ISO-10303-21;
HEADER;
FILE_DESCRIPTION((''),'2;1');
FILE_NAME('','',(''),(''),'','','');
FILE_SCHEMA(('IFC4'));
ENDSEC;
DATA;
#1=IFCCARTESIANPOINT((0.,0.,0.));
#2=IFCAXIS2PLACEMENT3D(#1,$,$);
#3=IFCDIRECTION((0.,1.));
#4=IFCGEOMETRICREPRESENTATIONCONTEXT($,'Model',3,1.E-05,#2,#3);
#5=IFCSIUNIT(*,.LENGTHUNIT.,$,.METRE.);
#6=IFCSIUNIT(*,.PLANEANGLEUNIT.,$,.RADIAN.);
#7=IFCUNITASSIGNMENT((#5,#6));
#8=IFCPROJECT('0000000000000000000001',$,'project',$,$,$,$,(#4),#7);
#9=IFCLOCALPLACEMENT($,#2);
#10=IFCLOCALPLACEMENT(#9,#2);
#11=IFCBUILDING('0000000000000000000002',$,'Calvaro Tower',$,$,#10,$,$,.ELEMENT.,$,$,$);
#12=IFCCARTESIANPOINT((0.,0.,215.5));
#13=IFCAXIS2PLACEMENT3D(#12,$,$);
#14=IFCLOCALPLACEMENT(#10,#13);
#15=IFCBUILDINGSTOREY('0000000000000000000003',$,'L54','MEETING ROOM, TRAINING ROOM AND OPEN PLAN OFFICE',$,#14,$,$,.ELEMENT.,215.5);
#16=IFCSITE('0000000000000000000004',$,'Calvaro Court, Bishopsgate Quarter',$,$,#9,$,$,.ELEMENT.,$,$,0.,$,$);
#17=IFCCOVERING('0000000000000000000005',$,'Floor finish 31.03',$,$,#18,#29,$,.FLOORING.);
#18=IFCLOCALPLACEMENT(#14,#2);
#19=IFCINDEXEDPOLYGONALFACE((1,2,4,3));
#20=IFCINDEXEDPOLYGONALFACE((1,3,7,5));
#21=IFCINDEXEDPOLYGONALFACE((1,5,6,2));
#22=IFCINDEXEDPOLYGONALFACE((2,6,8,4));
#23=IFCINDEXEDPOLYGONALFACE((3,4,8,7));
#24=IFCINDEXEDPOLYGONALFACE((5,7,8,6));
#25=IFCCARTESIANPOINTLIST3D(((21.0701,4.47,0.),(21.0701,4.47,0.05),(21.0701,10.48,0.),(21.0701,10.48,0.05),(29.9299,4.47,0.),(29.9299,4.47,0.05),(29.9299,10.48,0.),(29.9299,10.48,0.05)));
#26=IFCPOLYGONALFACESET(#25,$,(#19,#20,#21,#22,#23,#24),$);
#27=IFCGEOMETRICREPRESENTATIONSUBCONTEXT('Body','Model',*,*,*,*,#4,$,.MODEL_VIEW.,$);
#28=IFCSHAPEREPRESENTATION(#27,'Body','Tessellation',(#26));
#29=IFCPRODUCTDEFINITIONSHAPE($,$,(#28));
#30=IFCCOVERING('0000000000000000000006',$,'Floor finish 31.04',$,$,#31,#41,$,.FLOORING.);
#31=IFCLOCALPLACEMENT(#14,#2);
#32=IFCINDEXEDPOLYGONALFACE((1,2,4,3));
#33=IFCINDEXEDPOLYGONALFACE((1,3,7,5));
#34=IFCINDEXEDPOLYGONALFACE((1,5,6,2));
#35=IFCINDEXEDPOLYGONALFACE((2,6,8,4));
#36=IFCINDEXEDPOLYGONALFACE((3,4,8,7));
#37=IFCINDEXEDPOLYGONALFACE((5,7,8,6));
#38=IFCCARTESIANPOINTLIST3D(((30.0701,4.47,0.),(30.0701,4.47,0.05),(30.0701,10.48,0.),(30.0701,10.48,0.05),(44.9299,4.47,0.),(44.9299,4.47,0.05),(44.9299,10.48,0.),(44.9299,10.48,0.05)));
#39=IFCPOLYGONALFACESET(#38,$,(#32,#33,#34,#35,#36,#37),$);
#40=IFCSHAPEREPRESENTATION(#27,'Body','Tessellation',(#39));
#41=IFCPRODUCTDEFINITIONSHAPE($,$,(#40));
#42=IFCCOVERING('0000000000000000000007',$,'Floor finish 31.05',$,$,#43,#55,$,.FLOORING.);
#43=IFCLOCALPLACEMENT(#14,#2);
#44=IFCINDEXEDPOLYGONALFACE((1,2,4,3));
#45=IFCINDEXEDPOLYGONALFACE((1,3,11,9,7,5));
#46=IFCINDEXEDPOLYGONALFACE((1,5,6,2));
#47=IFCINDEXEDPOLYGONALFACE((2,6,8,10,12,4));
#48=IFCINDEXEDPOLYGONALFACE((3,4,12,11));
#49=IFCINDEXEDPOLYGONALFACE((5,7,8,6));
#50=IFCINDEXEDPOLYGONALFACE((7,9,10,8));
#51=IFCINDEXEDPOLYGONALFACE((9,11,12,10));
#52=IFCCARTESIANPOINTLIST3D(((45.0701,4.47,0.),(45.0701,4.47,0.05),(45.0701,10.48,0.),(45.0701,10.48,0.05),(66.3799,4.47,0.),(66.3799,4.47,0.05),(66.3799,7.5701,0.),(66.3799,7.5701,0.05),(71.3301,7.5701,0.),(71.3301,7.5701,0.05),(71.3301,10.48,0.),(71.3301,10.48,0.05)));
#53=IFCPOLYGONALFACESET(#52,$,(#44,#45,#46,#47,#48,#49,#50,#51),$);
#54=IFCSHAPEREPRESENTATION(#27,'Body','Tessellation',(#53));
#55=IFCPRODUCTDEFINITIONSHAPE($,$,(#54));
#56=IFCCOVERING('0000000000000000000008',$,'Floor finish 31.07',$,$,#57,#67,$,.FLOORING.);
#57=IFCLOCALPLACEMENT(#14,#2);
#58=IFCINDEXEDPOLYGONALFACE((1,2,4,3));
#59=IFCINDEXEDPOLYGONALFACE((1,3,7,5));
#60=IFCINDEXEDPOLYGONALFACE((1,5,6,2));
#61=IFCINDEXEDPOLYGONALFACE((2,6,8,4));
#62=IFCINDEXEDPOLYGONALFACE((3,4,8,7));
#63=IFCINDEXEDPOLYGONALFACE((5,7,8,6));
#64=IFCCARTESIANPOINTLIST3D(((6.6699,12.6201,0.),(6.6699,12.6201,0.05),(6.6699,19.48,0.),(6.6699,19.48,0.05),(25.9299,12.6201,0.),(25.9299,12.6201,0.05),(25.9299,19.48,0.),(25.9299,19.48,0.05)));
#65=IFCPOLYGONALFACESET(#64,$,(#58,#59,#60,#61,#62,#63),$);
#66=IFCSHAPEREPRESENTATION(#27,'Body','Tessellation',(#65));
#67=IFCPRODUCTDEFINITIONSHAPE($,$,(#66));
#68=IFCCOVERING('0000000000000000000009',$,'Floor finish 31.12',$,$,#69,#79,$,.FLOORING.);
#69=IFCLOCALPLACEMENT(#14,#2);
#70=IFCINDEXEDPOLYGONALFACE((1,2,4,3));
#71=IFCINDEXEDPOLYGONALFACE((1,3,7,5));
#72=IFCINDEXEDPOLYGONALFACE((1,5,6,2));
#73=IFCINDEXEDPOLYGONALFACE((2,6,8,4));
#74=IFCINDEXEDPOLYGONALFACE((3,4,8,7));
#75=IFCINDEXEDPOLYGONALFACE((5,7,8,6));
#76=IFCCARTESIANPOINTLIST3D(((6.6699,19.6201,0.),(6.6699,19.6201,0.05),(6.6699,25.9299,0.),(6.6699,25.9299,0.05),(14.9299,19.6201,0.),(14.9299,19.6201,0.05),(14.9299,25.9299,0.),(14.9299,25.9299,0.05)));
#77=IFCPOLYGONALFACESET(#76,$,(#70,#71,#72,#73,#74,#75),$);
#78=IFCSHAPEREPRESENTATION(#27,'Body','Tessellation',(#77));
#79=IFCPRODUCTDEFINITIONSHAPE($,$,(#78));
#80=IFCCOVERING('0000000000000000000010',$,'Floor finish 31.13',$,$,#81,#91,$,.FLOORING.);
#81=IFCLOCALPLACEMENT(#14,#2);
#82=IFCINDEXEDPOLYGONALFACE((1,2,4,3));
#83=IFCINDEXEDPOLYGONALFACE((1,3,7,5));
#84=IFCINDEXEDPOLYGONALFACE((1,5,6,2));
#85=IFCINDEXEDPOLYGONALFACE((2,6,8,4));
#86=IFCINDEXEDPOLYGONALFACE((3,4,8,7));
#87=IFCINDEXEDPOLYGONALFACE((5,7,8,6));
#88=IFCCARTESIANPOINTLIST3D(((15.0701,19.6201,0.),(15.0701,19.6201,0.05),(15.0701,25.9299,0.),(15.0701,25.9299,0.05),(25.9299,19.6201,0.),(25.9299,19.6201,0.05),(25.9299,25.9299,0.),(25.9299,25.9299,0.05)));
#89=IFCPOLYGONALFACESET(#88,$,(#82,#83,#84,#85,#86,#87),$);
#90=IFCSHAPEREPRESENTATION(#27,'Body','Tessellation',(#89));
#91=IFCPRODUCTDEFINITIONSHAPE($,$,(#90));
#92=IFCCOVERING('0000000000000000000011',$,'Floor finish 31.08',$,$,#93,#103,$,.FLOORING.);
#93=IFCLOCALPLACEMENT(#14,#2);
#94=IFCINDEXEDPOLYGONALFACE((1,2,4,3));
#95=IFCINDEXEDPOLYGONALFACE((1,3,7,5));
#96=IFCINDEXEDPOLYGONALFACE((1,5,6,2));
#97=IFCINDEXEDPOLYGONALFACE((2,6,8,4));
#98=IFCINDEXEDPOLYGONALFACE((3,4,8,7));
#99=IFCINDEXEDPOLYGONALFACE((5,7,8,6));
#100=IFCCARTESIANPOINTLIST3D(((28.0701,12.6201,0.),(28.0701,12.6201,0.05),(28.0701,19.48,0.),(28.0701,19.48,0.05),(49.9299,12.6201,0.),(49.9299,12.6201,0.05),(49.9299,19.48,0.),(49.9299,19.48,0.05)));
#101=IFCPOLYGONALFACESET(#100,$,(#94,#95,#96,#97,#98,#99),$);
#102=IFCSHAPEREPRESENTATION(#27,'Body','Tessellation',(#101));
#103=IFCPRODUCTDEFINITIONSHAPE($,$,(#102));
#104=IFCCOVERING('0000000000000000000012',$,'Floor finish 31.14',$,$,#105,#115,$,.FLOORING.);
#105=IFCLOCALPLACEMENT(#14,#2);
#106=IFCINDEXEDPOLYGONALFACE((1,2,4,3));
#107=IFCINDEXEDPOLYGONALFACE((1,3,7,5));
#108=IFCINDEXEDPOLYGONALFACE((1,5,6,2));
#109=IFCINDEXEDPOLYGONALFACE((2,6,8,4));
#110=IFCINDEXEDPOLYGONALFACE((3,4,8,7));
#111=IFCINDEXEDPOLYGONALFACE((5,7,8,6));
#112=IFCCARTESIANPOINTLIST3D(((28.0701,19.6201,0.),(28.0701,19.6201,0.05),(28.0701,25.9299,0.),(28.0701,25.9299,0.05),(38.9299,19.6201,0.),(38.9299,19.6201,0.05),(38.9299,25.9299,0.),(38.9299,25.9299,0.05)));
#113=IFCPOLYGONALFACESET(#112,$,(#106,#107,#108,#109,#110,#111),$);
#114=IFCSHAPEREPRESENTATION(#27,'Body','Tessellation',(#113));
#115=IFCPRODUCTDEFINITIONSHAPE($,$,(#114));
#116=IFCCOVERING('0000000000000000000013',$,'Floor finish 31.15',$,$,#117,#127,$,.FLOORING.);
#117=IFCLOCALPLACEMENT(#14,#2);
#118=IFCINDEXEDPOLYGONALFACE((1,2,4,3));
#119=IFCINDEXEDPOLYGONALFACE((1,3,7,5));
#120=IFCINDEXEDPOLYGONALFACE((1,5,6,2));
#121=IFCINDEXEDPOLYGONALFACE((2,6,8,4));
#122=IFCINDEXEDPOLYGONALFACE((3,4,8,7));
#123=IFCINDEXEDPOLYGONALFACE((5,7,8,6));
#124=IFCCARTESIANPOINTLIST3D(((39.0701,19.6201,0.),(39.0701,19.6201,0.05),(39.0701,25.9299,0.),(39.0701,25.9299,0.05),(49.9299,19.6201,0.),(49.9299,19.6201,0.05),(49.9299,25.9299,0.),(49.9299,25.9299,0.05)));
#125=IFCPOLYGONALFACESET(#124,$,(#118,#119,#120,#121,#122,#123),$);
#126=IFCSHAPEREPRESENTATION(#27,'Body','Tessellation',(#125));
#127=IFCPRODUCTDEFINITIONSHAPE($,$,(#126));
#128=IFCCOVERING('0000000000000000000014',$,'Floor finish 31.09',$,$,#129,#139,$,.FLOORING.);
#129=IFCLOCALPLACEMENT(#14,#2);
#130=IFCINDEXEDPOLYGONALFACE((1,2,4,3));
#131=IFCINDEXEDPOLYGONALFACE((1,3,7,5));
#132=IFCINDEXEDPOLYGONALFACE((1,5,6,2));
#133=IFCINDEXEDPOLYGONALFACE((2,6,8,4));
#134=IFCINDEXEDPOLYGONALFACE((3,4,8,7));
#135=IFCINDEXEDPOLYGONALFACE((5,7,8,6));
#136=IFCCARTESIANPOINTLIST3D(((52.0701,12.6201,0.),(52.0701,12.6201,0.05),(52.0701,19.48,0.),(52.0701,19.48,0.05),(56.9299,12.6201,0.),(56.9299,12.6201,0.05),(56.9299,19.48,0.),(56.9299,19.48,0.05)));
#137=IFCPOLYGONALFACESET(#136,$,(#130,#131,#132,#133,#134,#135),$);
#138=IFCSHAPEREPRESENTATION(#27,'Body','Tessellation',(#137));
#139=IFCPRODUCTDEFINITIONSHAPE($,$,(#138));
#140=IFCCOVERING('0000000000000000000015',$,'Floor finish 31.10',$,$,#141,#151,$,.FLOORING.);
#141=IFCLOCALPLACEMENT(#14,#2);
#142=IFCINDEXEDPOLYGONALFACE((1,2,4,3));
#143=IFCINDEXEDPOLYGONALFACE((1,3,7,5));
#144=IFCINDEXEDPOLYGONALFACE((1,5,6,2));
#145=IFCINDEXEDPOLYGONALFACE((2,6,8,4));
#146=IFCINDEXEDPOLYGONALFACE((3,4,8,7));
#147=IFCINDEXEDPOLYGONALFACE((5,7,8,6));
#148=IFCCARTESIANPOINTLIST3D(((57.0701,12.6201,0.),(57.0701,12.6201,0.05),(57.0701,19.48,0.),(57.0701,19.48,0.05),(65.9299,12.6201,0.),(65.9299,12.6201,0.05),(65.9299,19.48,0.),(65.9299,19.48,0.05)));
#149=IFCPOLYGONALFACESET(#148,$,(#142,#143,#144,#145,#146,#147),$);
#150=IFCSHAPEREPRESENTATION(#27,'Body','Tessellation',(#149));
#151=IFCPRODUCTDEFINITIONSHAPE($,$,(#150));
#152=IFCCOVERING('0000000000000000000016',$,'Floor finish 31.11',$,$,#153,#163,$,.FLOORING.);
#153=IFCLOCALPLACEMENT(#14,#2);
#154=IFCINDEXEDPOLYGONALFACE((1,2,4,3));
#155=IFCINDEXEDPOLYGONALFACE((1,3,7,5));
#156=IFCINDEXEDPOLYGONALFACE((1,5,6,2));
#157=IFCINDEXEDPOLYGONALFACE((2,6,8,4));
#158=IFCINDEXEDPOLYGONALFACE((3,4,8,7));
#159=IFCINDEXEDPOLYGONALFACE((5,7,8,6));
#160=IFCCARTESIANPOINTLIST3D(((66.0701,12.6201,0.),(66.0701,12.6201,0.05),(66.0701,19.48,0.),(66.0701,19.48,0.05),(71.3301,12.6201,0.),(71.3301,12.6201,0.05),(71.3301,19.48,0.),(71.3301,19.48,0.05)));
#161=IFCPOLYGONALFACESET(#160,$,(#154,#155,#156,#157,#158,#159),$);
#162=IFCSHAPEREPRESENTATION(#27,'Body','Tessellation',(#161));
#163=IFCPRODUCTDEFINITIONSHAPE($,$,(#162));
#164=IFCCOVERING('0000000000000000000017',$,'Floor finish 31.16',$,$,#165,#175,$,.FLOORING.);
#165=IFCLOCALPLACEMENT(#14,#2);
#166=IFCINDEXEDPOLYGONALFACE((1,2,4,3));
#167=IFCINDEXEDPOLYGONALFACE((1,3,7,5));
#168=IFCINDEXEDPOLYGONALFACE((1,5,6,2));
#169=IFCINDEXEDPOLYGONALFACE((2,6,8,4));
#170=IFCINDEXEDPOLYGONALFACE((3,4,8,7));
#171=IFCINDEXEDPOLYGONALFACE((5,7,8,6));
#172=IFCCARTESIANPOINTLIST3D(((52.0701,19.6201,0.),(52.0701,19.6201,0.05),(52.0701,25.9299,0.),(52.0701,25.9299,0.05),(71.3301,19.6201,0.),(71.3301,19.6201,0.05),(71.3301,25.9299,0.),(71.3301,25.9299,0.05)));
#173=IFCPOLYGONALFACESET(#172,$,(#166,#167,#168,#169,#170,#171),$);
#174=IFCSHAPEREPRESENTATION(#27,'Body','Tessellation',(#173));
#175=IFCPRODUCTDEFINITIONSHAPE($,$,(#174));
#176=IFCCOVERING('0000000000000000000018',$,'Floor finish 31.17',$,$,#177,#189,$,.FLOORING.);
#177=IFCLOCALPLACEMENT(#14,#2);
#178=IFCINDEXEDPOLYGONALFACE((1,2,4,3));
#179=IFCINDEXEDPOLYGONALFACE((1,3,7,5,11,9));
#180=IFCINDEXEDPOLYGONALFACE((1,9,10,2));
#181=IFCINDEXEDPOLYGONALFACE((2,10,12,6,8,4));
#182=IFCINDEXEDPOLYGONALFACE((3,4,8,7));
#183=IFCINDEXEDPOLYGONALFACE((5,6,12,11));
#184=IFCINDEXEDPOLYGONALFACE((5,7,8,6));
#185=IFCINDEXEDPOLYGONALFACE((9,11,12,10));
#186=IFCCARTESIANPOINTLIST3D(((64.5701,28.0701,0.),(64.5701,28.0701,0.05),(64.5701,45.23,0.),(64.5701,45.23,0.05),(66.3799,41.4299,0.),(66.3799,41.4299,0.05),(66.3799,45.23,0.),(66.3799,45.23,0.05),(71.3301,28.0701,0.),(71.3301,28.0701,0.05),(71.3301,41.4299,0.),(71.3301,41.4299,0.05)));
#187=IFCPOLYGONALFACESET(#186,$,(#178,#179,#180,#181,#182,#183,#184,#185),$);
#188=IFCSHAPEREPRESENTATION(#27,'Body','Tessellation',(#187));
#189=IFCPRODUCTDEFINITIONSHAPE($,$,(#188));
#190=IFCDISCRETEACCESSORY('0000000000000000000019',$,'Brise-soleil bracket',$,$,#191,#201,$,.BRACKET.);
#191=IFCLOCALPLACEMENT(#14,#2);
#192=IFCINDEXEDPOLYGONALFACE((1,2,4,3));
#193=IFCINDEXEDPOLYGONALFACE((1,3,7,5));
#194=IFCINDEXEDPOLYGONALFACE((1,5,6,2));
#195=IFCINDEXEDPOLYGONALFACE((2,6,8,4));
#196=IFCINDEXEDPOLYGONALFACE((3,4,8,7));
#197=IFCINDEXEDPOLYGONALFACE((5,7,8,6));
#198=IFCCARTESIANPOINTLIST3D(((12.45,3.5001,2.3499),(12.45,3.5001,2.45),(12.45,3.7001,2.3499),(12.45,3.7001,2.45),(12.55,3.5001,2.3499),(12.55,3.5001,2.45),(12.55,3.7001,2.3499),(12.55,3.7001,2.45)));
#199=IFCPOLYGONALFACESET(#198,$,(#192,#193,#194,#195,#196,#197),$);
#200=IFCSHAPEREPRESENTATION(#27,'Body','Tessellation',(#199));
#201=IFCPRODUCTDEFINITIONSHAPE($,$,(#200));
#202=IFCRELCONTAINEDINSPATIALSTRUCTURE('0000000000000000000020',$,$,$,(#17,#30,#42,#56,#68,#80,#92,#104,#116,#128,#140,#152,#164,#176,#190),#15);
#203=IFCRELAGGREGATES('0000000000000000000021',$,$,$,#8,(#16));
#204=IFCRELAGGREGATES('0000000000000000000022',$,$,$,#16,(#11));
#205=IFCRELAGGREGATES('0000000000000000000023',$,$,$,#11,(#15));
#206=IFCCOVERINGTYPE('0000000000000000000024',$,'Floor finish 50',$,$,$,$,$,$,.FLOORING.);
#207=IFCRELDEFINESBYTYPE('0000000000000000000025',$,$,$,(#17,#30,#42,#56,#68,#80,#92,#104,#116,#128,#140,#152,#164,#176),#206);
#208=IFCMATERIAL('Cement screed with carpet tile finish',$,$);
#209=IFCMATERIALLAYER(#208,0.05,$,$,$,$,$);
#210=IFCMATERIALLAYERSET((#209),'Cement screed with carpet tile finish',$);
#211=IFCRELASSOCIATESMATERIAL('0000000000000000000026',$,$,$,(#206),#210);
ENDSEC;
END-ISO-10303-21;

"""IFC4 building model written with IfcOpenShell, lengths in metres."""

from ifc_helpers import new_model, si_unit, direction, frame, origin, origin_2d, place, context, subcontext, project, spatial, polyline, rectangle, outline, extrude, material, layer, layer_set, type_object, element, save


model = new_model("IFC4")

# Units and contexts
model_context = context("Model", 3, precision=1e-05, world=origin(), true_north=direction((0.0, 1.0)))
body_context = subcontext(model_context, "Body", "Model", "MODEL_VIEW")
ifc_project = project(units=[si_unit("LENGTHUNIT", "METRE"), si_unit("PLANEANGLEUNIT", "RADIAN")], contexts=[model_context])

# Site, building, storey
site_placement = place(None, origin())
site = spatial("IfcSite", under=ifc_project, at=site_placement, Name="Calvaro Court, Bishopsgate Quarter", CompositionType="ELEMENT", RefElevation=0.0)
building_placement = place(site_placement, origin())
building = spatial("IfcBuilding", under=site, at=building_placement, Name="Calvaro Tower", CompositionType="ELEMENT")
storey_placement = place(building_placement, frame((0.0, 0.0, 215.5)))
storey = spatial("IfcBuildingStorey", under=building, at=storey_placement, Name="L54", Description="MEETING ROOM, TRAINING ROOM AND OPEN PLAN OFFICE", CompositionType="ELEMENT", Elevation=215.5)

# Coverings
ifc_material_1 = material(Name="Cement screed with carpet tile finish")
ifc_layer_1 = layer(ifc_material_1, 0.05)
ifc_layer_set_1 = layer_set([ifc_layer_1], Name="Cement screed with carpet tile finish")
covering_type = type_object("IfcCoveringType", Name="Floor finish 50", PredefinedType="FLOORING", material=ifc_layer_set_1)
covering_1_placement = place(storey_placement, origin())
element("IfcCovering", 1, at=covering_1_placement, inside=storey, type_object=covering_type, Name="Floor finish 31.03", PredefinedType="FLOORING", context=body_context, shape_type="SweptSolid", body=[
    extrude(outline(polyline([(21.0701, 10.48), (29.9299, 10.48), (29.9299, 4.47), (21.0701, 4.47), (21.0701, 10.48)])), origin(), (0.0, 0.0, 1.0), 0.05),
])
covering_2_placement = place(storey_placement, origin())
element("IfcCovering", 2, at=covering_2_placement, inside=storey, type_object=covering_type, Name="Floor finish 31.04", PredefinedType="FLOORING", context=body_context, shape_type="SweptSolid", body=[
    extrude(outline(polyline([(30.0701, 10.48), (44.9299, 10.48), (44.9299, 4.47), (30.0701, 4.47), (30.0701, 10.48)])), origin(), (0.0, 0.0, 1.0), 0.05),
])
covering_3_placement = place(storey_placement, origin())
element("IfcCovering", 3, at=covering_3_placement, inside=storey, type_object=covering_type, Name="Floor finish 31.05", PredefinedType="FLOORING", context=body_context, shape_type="SweptSolid", body=[
    extrude(outline(polyline([(71.3301, 7.5701), (66.3799, 7.5701), (66.3799, 4.47), (45.0701, 4.47), (45.0701, 10.48), (71.3301, 10.48), (71.3301, 7.5701)])), origin(), (0.0, 0.0, 1.0), 0.05),
])
covering_4_placement = place(storey_placement, origin())
element("IfcCovering", 4, at=covering_4_placement, inside=storey, type_object=covering_type, Name="Floor finish 31.07", PredefinedType="FLOORING", context=body_context, shape_type="SweptSolid", body=[
    extrude(outline(polyline([(25.9299, 19.48), (25.9299, 12.6201), (6.6699, 12.6201), (6.6699, 19.48), (25.9299, 19.48)])), origin(), (0.0, 0.0, 1.0), 0.05),
])
covering_5_placement = place(storey_placement, origin())
element("IfcCovering", 5, at=covering_5_placement, inside=storey, type_object=covering_type, Name="Floor finish 31.12", PredefinedType="FLOORING", context=body_context, shape_type="SweptSolid", body=[
    extrude(outline(polyline([(14.9299, 25.9299), (14.9299, 19.6201), (6.6699, 19.6201), (6.6699, 25.9299), (14.9299, 25.9299)])), origin(), (0.0, 0.0, 1.0), 0.05),
])
covering_6_placement = place(storey_placement, origin())
element("IfcCovering", 6, at=covering_6_placement, inside=storey, type_object=covering_type, Name="Floor finish 31.13", PredefinedType="FLOORING", context=body_context, shape_type="SweptSolid", body=[
    extrude(outline(polyline([(15.0701, 19.6201), (15.0701, 25.9299), (25.9299, 25.9299), (25.9299, 19.6201), (15.0701, 19.6201)])), origin(), (0.0, 0.0, 1.0), 0.05),
])
covering_7_placement = place(storey_placement, origin())
element("IfcCovering", 7, at=covering_7_placement, inside=storey, type_object=covering_type, Name="Floor finish 31.08", PredefinedType="FLOORING", context=body_context, shape_type="SweptSolid", body=[
    extrude(outline(polyline([(28.0701, 12.6201), (28.0701, 19.48), (49.9299, 19.48), (49.9299, 12.6201), (28.0701, 12.6201)])), origin(), (0.0, 0.0, 1.0), 0.05),
])
covering_8_placement = place(storey_placement, origin())
element("IfcCovering", 8, at=covering_8_placement, inside=storey, type_object=covering_type, Name="Floor finish 31.14", PredefinedType="FLOORING", context=body_context, shape_type="SweptSolid", body=[
    extrude(outline(polyline([(28.0701, 19.6201), (28.0701, 25.9299), (38.9299, 25.9299), (38.9299, 19.6201), (28.0701, 19.6201)])), origin(), (0.0, 0.0, 1.0), 0.05),
])
covering_9_placement = place(storey_placement, origin())
element("IfcCovering", 9, at=covering_9_placement, inside=storey, type_object=covering_type, Name="Floor finish 31.15", PredefinedType="FLOORING", context=body_context, shape_type="SweptSolid", body=[
    extrude(outline(polyline([(39.0701, 19.6201), (39.0701, 25.9299), (49.9299, 25.9299), (49.9299, 19.6201), (39.0701, 19.6201)])), origin(), (0.0, 0.0, 1.0), 0.05),
])
covering_10_placement = place(storey_placement, origin())
element("IfcCovering", 10, at=covering_10_placement, inside=storey, type_object=covering_type, Name="Floor finish 31.09", PredefinedType="FLOORING", context=body_context, shape_type="SweptSolid", body=[
    extrude(outline(polyline([(52.0701, 12.6201), (52.0701, 19.48), (56.9299, 19.48), (56.9299, 12.6201), (52.0701, 12.6201)])), origin(), (0.0, 0.0, 1.0), 0.05),
])
covering_11_placement = place(storey_placement, origin())
element("IfcCovering", 11, at=covering_11_placement, inside=storey, type_object=covering_type, Name="Floor finish 31.10", PredefinedType="FLOORING", context=body_context, shape_type="SweptSolid", body=[
    extrude(outline(polyline([(57.0701, 12.6201), (57.0701, 19.48), (65.9299, 19.48), (65.9299, 12.6201), (57.0701, 12.6201)])), origin(), (0.0, 0.0, 1.0), 0.05),
])
covering_12_placement = place(storey_placement, origin())
element("IfcCovering", 12, at=covering_12_placement, inside=storey, type_object=covering_type, Name="Floor finish 31.11", PredefinedType="FLOORING", context=body_context, shape_type="SweptSolid", body=[
    extrude(outline(polyline([(71.3301, 12.6201), (66.0701, 12.6201), (66.0701, 19.48), (71.3301, 19.48), (71.3301, 12.6201)])), origin(), (0.0, 0.0, 1.0), 0.05),
])
covering_13_placement = place(storey_placement, origin())
element("IfcCovering", 13, at=covering_13_placement, inside=storey, type_object=covering_type, Name="Floor finish 31.16", PredefinedType="FLOORING", context=body_context, shape_type="SweptSolid", body=[
    extrude(outline(polyline([(71.3301, 19.6201), (52.0701, 19.6201), (52.0701, 25.9299), (71.3301, 25.9299), (71.3301, 19.6201)])), origin(), (0.0, 0.0, 1.0), 0.05),
])
covering_14_placement = place(storey_placement, origin())
element("IfcCovering", 14, at=covering_14_placement, inside=storey, type_object=covering_type, Name="Floor finish 31.17", PredefinedType="FLOORING", context=body_context, shape_type="SweptSolid", body=[
    extrude(outline(polyline([(71.3301, 28.0701), (64.5701, 28.0701), (64.5701, 45.23), (66.3799, 45.23), (66.3799, 41.4299), (71.3301, 41.4299), (71.3301, 28.0701)])), origin(), (0.0, 0.0, 1.0), 0.05),
])

# Discrete accessory
discrete_accessory_placement = place(storey_placement, frame((12.5, 3.6001, 2.3499), z_axis=(0.0, 0.0, 1.0), x_axis=(1.0, 0.0, 0.0)))
element("IfcDiscreteAccessory", 15, at=discrete_accessory_placement, inside=storey, Name="Brise-soleil bracket", PredefinedType="BRACKET", context=body_context, shape_type="SweptSolid", body=[
    extrude(rectangle(XDim=0.1001, YDim=0.2, at=origin_2d()), origin(), (0.0, 0.0, 1.0), 0.1001),
])

save(model, "model.ifc")
